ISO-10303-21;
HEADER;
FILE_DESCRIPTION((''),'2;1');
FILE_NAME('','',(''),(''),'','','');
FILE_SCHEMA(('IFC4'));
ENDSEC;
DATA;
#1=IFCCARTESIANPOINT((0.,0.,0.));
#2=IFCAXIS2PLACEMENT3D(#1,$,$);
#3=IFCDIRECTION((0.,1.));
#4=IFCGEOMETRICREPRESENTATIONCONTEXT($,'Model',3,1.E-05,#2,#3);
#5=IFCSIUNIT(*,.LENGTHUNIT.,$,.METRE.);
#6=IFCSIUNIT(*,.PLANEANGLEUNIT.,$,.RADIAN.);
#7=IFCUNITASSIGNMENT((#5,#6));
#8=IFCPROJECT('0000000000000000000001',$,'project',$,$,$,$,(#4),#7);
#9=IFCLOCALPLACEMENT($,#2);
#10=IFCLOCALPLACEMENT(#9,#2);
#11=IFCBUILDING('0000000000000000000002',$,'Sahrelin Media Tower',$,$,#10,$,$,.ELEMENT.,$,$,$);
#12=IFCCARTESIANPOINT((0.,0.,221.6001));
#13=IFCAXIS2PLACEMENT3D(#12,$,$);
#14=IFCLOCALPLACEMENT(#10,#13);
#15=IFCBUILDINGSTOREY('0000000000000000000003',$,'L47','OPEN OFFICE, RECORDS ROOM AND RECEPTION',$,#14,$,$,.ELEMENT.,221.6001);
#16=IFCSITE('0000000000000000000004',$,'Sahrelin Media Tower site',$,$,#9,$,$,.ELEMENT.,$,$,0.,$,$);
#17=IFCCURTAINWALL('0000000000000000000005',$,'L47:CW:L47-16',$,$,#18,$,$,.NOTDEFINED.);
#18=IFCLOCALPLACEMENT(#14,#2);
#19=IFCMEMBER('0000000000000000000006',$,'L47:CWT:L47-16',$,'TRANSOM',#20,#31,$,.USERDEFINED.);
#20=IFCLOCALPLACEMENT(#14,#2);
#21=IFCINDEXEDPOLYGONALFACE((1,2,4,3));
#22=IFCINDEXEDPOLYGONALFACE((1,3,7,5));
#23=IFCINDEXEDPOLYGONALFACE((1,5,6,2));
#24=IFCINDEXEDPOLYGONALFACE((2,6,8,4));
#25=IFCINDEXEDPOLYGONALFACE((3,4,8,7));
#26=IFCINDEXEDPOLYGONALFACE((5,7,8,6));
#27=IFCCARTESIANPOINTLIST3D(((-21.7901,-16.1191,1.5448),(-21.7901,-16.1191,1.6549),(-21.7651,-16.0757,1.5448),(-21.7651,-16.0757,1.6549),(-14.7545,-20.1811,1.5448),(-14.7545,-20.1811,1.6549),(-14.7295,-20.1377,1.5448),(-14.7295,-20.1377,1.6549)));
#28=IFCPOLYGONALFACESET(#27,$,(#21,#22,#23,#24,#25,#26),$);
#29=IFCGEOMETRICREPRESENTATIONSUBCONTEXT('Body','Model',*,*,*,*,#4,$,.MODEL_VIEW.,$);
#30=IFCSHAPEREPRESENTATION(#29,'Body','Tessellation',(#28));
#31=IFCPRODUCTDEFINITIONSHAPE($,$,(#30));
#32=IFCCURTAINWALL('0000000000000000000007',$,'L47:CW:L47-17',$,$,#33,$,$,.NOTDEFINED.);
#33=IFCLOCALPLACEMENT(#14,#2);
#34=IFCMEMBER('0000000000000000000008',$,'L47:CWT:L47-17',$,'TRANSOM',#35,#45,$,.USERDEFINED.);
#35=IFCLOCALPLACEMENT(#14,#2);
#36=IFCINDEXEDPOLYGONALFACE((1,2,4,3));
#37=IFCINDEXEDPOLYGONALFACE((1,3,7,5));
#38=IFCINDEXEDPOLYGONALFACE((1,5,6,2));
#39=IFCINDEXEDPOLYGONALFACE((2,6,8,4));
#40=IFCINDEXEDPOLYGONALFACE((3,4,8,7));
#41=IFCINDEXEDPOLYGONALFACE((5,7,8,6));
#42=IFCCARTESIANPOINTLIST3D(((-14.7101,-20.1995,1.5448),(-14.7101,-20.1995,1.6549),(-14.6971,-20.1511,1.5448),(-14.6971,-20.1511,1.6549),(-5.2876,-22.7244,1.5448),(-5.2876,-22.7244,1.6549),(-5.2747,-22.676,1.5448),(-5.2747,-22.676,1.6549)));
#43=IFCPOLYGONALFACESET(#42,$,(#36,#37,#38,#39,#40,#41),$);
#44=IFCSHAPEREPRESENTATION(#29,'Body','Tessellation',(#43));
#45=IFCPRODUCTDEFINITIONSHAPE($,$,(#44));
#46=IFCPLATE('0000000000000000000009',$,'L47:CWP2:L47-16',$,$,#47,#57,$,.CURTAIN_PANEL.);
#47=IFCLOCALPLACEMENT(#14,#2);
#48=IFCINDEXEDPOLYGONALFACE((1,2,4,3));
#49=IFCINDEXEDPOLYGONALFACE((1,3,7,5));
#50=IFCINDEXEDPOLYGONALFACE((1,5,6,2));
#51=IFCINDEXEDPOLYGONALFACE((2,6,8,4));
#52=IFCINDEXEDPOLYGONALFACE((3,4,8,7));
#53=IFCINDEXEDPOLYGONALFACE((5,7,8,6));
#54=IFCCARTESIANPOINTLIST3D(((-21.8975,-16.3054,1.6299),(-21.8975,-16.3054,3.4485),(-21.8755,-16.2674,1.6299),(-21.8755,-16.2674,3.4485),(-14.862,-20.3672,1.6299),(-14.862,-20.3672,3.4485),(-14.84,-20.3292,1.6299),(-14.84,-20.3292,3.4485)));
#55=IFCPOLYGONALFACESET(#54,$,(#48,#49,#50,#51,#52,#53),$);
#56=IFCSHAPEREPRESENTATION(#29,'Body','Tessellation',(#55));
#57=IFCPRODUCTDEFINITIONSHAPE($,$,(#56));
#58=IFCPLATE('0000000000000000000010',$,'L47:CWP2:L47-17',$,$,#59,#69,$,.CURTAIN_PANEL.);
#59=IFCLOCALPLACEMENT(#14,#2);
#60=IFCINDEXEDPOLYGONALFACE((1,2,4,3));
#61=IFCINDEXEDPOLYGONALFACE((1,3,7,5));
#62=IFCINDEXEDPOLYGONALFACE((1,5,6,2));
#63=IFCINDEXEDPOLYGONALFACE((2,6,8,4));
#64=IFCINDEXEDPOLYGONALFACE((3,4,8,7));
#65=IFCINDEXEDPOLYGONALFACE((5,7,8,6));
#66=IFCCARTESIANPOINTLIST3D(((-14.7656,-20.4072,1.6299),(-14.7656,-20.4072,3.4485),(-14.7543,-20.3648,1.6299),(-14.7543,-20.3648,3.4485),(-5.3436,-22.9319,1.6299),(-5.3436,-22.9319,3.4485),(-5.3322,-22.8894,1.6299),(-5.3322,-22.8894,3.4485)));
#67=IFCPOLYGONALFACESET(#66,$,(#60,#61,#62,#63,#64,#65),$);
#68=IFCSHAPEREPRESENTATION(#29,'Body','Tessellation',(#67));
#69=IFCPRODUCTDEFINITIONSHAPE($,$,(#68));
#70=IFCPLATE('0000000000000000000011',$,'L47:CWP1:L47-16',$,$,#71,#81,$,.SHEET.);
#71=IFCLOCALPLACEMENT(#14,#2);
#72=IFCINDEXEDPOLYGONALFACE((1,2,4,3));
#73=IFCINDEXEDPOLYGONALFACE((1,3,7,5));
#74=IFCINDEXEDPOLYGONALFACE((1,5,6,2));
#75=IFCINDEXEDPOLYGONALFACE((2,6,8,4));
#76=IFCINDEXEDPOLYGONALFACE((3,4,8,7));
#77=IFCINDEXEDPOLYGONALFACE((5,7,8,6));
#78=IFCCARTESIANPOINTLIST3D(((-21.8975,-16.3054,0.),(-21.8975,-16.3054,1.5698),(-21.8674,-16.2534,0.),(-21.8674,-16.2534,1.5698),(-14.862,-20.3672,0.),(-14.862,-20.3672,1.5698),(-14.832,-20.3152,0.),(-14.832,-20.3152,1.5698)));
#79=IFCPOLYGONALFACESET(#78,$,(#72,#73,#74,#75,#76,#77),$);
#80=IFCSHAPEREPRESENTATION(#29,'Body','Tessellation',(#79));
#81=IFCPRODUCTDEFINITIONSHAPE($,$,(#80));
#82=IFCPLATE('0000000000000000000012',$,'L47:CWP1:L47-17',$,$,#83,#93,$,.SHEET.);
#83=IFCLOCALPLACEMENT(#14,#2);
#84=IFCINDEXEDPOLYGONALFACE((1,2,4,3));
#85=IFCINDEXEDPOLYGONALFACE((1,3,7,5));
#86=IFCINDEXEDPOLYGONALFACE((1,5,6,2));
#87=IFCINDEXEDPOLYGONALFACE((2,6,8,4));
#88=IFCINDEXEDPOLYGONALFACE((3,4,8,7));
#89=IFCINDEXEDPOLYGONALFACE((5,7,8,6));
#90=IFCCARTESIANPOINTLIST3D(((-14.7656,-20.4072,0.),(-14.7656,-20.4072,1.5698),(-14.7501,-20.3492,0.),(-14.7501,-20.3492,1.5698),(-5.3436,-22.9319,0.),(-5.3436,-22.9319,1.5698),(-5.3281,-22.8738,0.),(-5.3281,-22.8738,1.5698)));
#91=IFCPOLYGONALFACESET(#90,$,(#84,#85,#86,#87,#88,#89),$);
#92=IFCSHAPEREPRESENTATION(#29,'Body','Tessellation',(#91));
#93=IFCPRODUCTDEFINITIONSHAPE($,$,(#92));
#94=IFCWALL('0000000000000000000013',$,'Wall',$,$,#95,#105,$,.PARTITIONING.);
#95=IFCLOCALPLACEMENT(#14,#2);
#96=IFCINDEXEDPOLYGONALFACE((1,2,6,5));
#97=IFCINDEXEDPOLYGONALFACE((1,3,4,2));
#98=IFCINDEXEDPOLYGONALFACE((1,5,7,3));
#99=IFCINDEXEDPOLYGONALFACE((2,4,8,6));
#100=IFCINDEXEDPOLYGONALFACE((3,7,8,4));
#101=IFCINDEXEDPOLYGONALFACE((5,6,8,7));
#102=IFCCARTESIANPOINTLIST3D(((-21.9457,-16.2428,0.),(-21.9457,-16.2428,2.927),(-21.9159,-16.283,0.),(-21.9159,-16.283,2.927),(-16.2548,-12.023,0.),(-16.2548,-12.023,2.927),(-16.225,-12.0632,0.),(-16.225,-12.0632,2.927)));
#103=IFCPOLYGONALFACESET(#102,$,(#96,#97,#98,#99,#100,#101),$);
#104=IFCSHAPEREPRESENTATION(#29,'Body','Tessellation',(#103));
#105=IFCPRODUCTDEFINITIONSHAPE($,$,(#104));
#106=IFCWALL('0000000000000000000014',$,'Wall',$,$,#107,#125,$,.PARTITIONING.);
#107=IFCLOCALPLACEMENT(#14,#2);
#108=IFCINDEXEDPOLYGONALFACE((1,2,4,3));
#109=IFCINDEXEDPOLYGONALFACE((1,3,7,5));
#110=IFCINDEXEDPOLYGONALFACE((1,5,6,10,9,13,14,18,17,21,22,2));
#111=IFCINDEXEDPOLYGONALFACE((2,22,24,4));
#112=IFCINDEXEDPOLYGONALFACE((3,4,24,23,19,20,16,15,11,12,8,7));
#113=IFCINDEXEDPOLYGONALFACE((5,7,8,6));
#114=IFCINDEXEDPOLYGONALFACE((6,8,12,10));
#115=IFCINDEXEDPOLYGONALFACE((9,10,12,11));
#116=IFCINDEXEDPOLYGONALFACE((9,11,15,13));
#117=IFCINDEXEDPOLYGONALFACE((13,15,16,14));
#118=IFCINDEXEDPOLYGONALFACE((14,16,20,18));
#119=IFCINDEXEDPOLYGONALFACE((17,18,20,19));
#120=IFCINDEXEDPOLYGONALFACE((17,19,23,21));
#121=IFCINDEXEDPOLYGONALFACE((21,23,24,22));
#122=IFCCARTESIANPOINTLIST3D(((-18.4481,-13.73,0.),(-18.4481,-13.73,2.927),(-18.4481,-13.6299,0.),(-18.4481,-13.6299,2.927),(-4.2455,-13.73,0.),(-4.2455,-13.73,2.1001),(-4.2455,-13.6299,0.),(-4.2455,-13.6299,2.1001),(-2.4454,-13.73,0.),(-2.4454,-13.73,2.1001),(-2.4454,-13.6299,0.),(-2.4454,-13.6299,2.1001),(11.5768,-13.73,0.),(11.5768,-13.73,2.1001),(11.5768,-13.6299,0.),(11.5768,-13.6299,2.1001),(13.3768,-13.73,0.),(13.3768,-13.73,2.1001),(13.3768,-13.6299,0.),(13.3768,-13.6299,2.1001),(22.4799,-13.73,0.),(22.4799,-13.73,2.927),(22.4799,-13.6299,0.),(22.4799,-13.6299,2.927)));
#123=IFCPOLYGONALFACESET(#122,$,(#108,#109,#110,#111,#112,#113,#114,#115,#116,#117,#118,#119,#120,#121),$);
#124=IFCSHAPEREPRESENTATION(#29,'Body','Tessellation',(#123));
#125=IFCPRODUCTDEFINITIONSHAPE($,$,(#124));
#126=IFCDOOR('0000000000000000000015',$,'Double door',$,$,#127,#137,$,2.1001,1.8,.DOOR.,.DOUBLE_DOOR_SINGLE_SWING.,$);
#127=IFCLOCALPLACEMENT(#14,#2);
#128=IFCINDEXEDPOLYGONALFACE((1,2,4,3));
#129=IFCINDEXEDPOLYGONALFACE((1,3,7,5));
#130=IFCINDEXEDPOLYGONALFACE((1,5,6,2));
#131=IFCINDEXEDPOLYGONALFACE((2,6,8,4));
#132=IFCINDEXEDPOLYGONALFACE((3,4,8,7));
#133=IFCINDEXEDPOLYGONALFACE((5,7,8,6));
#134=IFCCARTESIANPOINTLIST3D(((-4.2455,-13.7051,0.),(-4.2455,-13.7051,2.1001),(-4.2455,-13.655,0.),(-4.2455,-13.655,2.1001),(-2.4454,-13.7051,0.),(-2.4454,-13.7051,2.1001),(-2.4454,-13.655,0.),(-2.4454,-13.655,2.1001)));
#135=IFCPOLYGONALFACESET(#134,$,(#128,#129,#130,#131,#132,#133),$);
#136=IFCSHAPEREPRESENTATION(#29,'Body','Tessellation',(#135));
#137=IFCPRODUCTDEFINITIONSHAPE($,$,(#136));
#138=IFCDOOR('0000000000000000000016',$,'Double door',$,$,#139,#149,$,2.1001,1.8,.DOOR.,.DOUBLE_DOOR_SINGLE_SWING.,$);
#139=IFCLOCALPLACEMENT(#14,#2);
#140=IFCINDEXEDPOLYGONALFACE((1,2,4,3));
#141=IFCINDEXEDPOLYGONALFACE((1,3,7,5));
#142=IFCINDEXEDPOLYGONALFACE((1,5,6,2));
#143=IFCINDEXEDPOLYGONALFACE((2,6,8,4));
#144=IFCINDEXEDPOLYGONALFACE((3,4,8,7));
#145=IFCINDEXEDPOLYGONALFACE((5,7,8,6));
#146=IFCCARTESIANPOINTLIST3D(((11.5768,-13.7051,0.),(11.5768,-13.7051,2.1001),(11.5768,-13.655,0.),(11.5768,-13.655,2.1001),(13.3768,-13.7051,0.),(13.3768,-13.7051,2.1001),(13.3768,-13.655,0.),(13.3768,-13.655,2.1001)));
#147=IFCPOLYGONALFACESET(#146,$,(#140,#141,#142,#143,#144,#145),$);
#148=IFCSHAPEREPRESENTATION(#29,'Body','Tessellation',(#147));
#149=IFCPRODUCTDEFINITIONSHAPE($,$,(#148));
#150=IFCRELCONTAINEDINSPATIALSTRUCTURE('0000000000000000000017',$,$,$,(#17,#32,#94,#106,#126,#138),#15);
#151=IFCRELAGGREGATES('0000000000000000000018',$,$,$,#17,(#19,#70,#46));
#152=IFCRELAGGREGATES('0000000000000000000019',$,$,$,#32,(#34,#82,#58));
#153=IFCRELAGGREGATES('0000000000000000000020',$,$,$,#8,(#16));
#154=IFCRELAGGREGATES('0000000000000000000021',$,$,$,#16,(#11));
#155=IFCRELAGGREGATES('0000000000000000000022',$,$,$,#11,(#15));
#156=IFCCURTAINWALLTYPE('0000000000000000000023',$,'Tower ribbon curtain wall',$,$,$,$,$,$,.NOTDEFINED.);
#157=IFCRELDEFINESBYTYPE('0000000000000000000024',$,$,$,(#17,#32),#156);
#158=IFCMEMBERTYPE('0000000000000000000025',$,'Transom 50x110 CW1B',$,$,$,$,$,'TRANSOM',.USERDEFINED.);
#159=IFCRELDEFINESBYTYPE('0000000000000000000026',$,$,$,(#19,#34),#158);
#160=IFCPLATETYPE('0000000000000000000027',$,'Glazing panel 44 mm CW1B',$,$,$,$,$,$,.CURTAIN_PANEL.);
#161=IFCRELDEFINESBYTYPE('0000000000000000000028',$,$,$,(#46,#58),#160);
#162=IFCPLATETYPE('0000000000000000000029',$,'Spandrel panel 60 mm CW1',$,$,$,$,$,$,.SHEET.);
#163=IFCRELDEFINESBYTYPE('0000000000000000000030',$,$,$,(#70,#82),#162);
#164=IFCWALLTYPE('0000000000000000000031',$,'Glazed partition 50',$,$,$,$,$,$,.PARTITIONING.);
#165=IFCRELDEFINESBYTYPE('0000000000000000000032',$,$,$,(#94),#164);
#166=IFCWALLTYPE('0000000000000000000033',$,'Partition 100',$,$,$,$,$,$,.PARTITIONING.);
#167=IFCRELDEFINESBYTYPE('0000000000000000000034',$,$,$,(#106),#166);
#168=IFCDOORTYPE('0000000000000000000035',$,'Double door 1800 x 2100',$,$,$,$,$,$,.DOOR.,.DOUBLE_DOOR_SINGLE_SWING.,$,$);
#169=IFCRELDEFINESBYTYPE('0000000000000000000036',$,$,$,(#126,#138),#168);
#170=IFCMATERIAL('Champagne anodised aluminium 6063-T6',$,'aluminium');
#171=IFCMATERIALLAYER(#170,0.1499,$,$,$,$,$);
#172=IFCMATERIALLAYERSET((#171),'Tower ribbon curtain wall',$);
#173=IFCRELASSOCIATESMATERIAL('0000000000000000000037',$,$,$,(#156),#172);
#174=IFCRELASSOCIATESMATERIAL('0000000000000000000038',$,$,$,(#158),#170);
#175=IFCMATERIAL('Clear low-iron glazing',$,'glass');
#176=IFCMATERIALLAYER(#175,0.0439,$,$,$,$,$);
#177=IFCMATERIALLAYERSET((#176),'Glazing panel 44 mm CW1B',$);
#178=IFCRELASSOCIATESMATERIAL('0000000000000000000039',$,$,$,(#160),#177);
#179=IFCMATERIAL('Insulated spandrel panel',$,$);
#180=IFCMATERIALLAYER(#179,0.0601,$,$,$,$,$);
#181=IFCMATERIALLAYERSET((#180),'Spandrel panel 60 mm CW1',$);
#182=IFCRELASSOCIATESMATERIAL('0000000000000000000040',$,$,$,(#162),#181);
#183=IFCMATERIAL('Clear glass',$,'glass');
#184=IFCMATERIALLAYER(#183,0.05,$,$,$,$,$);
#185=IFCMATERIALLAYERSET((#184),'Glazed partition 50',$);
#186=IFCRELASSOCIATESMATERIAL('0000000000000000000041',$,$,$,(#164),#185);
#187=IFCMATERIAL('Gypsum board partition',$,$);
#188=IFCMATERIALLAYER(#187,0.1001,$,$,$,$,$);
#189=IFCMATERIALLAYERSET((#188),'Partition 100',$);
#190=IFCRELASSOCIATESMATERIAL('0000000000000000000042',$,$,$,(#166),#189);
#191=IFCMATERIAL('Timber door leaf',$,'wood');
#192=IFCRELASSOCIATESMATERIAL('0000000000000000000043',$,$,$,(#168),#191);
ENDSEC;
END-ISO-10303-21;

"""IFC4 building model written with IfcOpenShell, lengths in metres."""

from ifc_helpers import new_model, si_unit, direction, frame, frame_2d, origin, origin_2d, place, context, subcontext, project, spatial, polyline, rectangle, outline, extrude, material, layer, layer_set, material_profile, profile_set, type_object, element, fill, aggregate, save


model = new_model("IFC4")

# Units and contexts
model_context = context("Model", 3, precision=1e-05, world=origin(), true_north=direction((0.0, 1.0)))
body_context = subcontext(model_context, "Body", "Model", "MODEL_VIEW")
ifc_project = project(units=[si_unit("LENGTHUNIT", "METRE"), si_unit("PLANEANGLEUNIT", "RADIAN")], contexts=[model_context])

# Site, building, storey
site_placement = place(None, origin())
site = spatial("IfcSite", under=ifc_project, at=site_placement, Name="Sahrelin Media Tower site", CompositionType="ELEMENT", RefElevation=0.0)
building_placement = place(site_placement, origin())
building = spatial("IfcBuilding", under=site, at=building_placement, Name="Sahrelin Media Tower", CompositionType="ELEMENT")
storey_placement = place(building_placement, frame((0.0, 0.0, 221.6001)))
storey = spatial("IfcBuildingStorey", under=building, at=storey_placement, Name="L47", Description="OPEN OFFICE, RECORDS ROOM AND RECEPTION", CompositionType="ELEMENT", Elevation=221.6001)

# Curtain wall
ifc_material_1 = material(Name="Champagne anodised aluminium 6063-T6", Category="aluminium")
ifc_layer_1 = layer(ifc_material_1, 0.1499)
ifc_layer_set_1 = layer_set([ifc_layer_1], Name="Tower ribbon curtain wall")
curtain_wall_type = type_object("IfcCurtainWallType", Name="Tower ribbon curtain wall", PredefinedType="NOTDEFINED", material=ifc_layer_set_1)
curtain_wall_1_placement = place(storey_placement, frame((-18.3696, -18.3191, 0.0), z_axis=(0.0, 0.0, 1.0), x_axis=(1.0, 0.0, 0.0)))
curtain_wall_1 = element("IfcCurtainWall", 1, at=curtain_wall_1_placement, inside=storey, type_object=curtain_wall_type, Name="L47:CW:L47-16", PredefinedType="NOTDEFINED")

# Member
ifc_material_profile_1 = material_profile(ifc_material_1, rectangle(XDim=0.05, YDim=0.1101, at=origin_2d()), Name="Transom 50x110")
ifc_profile_set_1 = profile_set([ifc_material_profile_1], Name="Champagne anodised aluminium 6063-T6")
member_type_1 = type_object("IfcMemberType", Name="Transom 50x110 CW1B", ElementType="TRANSOM", PredefinedType="USERDEFINED", material=ifc_profile_set_1)
member_1_placement = place(storey_placement, frame((-21.7776, -16.0974, 1.5999), z_axis=(0.866026, -0.499998, 0.0), x_axis=(0.499998, 0.866026, 0.0)))
member_1 = element("IfcMember", 2, at=member_1_placement, type_object=member_type_1, Name="L47:CWT:L47-16", ObjectType="TRANSOM", PredefinedType="USERDEFINED", context=body_context, shape_type="SweptSolid", body=[
    extrude(rectangle(XDim=0.05, YDim=0.1101, at=origin_2d()), origin(), (0.0, 0.0, 1.0), 8.124),
])

# Curtain wall, member
curtain_wall_2_placement = place(storey_placement, frame((-10.0493, -21.6504, 0.0), z_axis=(0.0, 0.0, 1.0), x_axis=(1.0, 0.0, 0.0)))
curtain_wall_2 = element("IfcCurtainWall", 3, at=curtain_wall_2_placement, inside=storey, type_object=curtain_wall_type, Name="L47:CW:L47-17", PredefinedType="NOTDEFINED")
member_2_placement = place(storey_placement, frame((-14.7036, -20.1753, 1.5999), z_axis=(0.965921, -0.258837, 0.0), x_axis=(0.258837, 0.965921, 0.0)))
member_2 = element("IfcMember", 4, at=member_2_placement, type_object=member_type_1, Name="L47:CWT:L47-17", ObjectType="TRANSOM", PredefinedType="USERDEFINED", context=body_context, shape_type="SweptSolid", body=[
    extrude(rectangle(XDim=0.05, YDim=0.1101, at=origin_2d()), origin(), (0.0, 0.0, 1.0), 9.7549),
])

# Plates
ifc_material_2 = material(Name="Clear low-iron glazing", Category="glass")
ifc_layer_2 = layer(ifc_material_2, 0.0439)
ifc_layer_set_2 = layer_set([ifc_layer_2], Name="Glazing panel 44 mm CW1B")
plate_type_1 = type_object("IfcPlateType", Name="Glazing panel 44 mm CW1B", PredefinedType="CURTAIN_PANEL", material=ifc_layer_set_2)
plate_1_placement = place(storey_placement, frame((-21.8975, -16.3054, 1.6299), z_axis=(-0.499989, -0.866032, 0.0), x_axis=(0.866032, -0.499989, 0.0)))
plate_1 = element("IfcPlate", 5, at=plate_1_placement, type_object=plate_type_1, Name="L47:CWP2:L47-16", PredefinedType="CURTAIN_PANEL", context=body_context, shape_type="SweptSolid", body=[
    extrude(outline(polyline([(0.0, 0.0), (8.1238, 0.0), (8.1238, 1.8186), (0.0, 1.8186), (0.0, 0.0)])), origin(), (0.0, 0.0, -1.0), 0.0439),
])
plate_2_placement = place(storey_placement, frame((-14.7656, -20.4072, 1.6299), z_axis=(-0.25882, -0.965926, 0.0), x_axis=(0.965926, -0.25882, 0.0)))
plate_2 = element("IfcPlate", 6, at=plate_2_placement, type_object=plate_type_1, Name="L47:CWP2:L47-17", PredefinedType="CURTAIN_PANEL", context=body_context, shape_type="SweptSolid", body=[
    extrude(outline(polyline([(0.0, 0.0), (9.7544, 0.0), (9.7544, 1.8186), (0.0, 1.8186), (0.0, 0.0)])), origin(), (0.0, 0.0, -1.0), 0.0439),
])
ifc_material_3 = material(Name="Insulated spandrel panel")
ifc_layer_3 = layer(ifc_material_3, 0.0601)
ifc_layer_set_3 = layer_set([ifc_layer_3], Name="Spandrel panel 60 mm CW1")
plate_type_2 = type_object("IfcPlateType", Name="Spandrel panel 60 mm CW1", PredefinedType="SHEET", material=ifc_layer_set_3)
plate_3_placement = place(storey_placement, frame((-21.8975, -16.3054, 0.0), z_axis=(-0.499989, -0.866032, 0.0), x_axis=(0.866032, -0.499989, 0.0)))
plate_3 = element("IfcPlate", 7, at=plate_3_placement, type_object=plate_type_2, Name="L47:CWP1:L47-16", PredefinedType="SHEET", context=body_context, shape_type="SweptSolid", body=[
    extrude(outline(polyline([(0.0, 0.0), (8.1238, 0.0), (8.1238, 1.5698), (0.0, 1.5698), (0.0, 0.0)])), origin(), (0.0, 0.0, -1.0), 0.0601),
])
aggregate(curtain_wall_1, [member_1, plate_3, plate_1])
plate_4_placement = place(storey_placement, frame((-14.7656, -20.4072, 0.0), z_axis=(-0.25882, -0.965926, 0.0), x_axis=(0.965926, -0.25882, 0.0)))
plate_4 = element("IfcPlate", 8, at=plate_4_placement, type_object=plate_type_2, Name="L47:CWP1:L47-17", PredefinedType="SHEET", context=body_context, shape_type="SweptSolid", body=[
    extrude(outline(polyline([(0.0, 0.0), (9.7544, 0.0), (9.7544, 1.5698), (0.0, 1.5698), (0.0, 0.0)])), origin(), (0.0, 0.0, -1.0), 0.0601),
])
aggregate(curtain_wall_2, [member_2, plate_4, plate_2])

# Wall
ifc_material_4 = material(Name="Clear glass", Category="glass")
ifc_layer_4 = layer(ifc_material_4, 0.05)
ifc_layer_set_4 = layer_set([ifc_layer_4], Name="Glazed partition 50")
wall_type_1 = type_object("IfcWallType", Name="Glazed partition 50", PredefinedType="PARTITIONING", material=ifc_layer_set_4)
wall_1_placement = place(storey_placement, frame((-21.9309, -16.2629, 0.0), z_axis=(0.0, 0.0, 1.0), x_axis=(0.803271, 0.595613, 0.0)))
element("IfcWall", 9, at=wall_1_placement, inside=storey, type_object=wall_type_1, Name="Wall", PredefinedType="PARTITIONING", context=body_context, shape_type="SweptSolid", body=[
    extrude(rectangle(XDim=7.0847, YDim=0.05, at=frame_2d((3.5425, 0.0))), origin(), (0.0, 0.0, 1.0), 2.927),
])

# Wall, openings, doors
ifc_material_5 = material(Name="Gypsum board partition")
ifc_layer_5 = layer(ifc_material_5, 0.1001)
ifc_layer_set_5 = layer_set([ifc_layer_5], Name="Partition 100")
wall_type_2 = type_object("IfcWallType", Name="Partition 100", PredefinedType="PARTITIONING", material=ifc_layer_set_5)
wall_2_placement = place(storey_placement, frame((-18.448, -13.6799, 0.0), z_axis=(0.0, 0.0, 1.0), x_axis=(1.0, 0.0, 0.0)))
wall_2 = element("IfcWall", 10, at=wall_2_placement, inside=storey, type_object=wall_type_2, Name="Wall", PredefinedType="PARTITIONING", context=body_context, shape_type="SweptSolid", body=[
    extrude(rectangle(XDim=40.928, YDim=0.1001, at=frame_2d((20.4639, 0.0))), origin(), (0.0, 0.0, 1.0), 2.927),
])
opening_1_placement = place(wall_2_placement, frame((14.2026, 0.0, 0.0)))
opening_1 = element("IfcOpeningElement", 11, at=opening_1_placement, cuts=wall_2, PredefinedType="OPENING", context=body_context, shape_type="SweptSolid", body=[
    extrude(rectangle(XDim=1.8, YDim=2.1001, at=frame_2d((0.8999, 1.05))), frame((0.0, 0.05, 0.0), z_axis=(0.0, -1.0, 0.0), x_axis=(1.0, 0.0, 0.0)), (0.0, 0.0, 1.0), 0.1001),
])
opening_2_placement = place(wall_2_placement, frame((30.0249, 0.0, 0.0)))
opening_2 = element("IfcOpeningElement", 12, at=opening_2_placement, cuts=wall_2, PredefinedType="OPENING", context=body_context, shape_type="SweptSolid", body=[
    extrude(rectangle(XDim=1.8, YDim=2.1001, at=frame_2d((0.8999, 1.05))), frame((0.0, 0.05, 0.0), z_axis=(0.0, -1.0, 0.0), x_axis=(1.0, 0.0, 0.0)), (0.0, 0.0, 1.0), 0.1001),
])
ifc_material_6 = material(Name="Timber door leaf", Category="wood")
door_type = type_object("IfcDoorType", Name="Double door 1800 x 2100", OperationType="DOUBLE_DOOR_SINGLE_SWING", PredefinedType="DOOR", material=ifc_material_6)
door_1_placement = place(opening_1_placement, origin())
door_1 = element("IfcDoor", 13, at=door_1_placement, inside=storey, type_object=door_type, Name="Double door", OperationType="DOUBLE_DOOR_SINGLE_SWING", OverallHeight=2.1001, OverallWidth=1.8, PredefinedType="DOOR", context=body_context, shape_type="SweptSolid", body=[
    extrude(rectangle(XDim=1.8, YDim=2.1001, at=frame_2d((0.8999, 1.05))), frame((0.0, 0.0249, 0.0), z_axis=(0.0, -1.0, 0.0), x_axis=(1.0, 0.0, 0.0)), (0.0, 0.0, 1.0), 0.05),
])
fill(opening_1, door_1)
door_2_placement = place(opening_2_placement, origin())
door_2 = element("IfcDoor", 14, at=door_2_placement, inside=storey, type_object=door_type, Name="Double door", OperationType="DOUBLE_DOOR_SINGLE_SWING", OverallHeight=2.1001, OverallWidth=1.8, PredefinedType="DOOR", context=body_context, shape_type="SweptSolid", body=[
    extrude(rectangle(XDim=1.8, YDim=2.1001, at=frame_2d((0.8999, 1.05))), frame((0.0, 0.0249, 0.0), z_axis=(0.0, -1.0, 0.0), x_axis=(1.0, 0.0, 0.0)), (0.0, 0.0, 1.0), 0.05),
])
fill(opening_2, door_2)

save(model, "model.ifc")
